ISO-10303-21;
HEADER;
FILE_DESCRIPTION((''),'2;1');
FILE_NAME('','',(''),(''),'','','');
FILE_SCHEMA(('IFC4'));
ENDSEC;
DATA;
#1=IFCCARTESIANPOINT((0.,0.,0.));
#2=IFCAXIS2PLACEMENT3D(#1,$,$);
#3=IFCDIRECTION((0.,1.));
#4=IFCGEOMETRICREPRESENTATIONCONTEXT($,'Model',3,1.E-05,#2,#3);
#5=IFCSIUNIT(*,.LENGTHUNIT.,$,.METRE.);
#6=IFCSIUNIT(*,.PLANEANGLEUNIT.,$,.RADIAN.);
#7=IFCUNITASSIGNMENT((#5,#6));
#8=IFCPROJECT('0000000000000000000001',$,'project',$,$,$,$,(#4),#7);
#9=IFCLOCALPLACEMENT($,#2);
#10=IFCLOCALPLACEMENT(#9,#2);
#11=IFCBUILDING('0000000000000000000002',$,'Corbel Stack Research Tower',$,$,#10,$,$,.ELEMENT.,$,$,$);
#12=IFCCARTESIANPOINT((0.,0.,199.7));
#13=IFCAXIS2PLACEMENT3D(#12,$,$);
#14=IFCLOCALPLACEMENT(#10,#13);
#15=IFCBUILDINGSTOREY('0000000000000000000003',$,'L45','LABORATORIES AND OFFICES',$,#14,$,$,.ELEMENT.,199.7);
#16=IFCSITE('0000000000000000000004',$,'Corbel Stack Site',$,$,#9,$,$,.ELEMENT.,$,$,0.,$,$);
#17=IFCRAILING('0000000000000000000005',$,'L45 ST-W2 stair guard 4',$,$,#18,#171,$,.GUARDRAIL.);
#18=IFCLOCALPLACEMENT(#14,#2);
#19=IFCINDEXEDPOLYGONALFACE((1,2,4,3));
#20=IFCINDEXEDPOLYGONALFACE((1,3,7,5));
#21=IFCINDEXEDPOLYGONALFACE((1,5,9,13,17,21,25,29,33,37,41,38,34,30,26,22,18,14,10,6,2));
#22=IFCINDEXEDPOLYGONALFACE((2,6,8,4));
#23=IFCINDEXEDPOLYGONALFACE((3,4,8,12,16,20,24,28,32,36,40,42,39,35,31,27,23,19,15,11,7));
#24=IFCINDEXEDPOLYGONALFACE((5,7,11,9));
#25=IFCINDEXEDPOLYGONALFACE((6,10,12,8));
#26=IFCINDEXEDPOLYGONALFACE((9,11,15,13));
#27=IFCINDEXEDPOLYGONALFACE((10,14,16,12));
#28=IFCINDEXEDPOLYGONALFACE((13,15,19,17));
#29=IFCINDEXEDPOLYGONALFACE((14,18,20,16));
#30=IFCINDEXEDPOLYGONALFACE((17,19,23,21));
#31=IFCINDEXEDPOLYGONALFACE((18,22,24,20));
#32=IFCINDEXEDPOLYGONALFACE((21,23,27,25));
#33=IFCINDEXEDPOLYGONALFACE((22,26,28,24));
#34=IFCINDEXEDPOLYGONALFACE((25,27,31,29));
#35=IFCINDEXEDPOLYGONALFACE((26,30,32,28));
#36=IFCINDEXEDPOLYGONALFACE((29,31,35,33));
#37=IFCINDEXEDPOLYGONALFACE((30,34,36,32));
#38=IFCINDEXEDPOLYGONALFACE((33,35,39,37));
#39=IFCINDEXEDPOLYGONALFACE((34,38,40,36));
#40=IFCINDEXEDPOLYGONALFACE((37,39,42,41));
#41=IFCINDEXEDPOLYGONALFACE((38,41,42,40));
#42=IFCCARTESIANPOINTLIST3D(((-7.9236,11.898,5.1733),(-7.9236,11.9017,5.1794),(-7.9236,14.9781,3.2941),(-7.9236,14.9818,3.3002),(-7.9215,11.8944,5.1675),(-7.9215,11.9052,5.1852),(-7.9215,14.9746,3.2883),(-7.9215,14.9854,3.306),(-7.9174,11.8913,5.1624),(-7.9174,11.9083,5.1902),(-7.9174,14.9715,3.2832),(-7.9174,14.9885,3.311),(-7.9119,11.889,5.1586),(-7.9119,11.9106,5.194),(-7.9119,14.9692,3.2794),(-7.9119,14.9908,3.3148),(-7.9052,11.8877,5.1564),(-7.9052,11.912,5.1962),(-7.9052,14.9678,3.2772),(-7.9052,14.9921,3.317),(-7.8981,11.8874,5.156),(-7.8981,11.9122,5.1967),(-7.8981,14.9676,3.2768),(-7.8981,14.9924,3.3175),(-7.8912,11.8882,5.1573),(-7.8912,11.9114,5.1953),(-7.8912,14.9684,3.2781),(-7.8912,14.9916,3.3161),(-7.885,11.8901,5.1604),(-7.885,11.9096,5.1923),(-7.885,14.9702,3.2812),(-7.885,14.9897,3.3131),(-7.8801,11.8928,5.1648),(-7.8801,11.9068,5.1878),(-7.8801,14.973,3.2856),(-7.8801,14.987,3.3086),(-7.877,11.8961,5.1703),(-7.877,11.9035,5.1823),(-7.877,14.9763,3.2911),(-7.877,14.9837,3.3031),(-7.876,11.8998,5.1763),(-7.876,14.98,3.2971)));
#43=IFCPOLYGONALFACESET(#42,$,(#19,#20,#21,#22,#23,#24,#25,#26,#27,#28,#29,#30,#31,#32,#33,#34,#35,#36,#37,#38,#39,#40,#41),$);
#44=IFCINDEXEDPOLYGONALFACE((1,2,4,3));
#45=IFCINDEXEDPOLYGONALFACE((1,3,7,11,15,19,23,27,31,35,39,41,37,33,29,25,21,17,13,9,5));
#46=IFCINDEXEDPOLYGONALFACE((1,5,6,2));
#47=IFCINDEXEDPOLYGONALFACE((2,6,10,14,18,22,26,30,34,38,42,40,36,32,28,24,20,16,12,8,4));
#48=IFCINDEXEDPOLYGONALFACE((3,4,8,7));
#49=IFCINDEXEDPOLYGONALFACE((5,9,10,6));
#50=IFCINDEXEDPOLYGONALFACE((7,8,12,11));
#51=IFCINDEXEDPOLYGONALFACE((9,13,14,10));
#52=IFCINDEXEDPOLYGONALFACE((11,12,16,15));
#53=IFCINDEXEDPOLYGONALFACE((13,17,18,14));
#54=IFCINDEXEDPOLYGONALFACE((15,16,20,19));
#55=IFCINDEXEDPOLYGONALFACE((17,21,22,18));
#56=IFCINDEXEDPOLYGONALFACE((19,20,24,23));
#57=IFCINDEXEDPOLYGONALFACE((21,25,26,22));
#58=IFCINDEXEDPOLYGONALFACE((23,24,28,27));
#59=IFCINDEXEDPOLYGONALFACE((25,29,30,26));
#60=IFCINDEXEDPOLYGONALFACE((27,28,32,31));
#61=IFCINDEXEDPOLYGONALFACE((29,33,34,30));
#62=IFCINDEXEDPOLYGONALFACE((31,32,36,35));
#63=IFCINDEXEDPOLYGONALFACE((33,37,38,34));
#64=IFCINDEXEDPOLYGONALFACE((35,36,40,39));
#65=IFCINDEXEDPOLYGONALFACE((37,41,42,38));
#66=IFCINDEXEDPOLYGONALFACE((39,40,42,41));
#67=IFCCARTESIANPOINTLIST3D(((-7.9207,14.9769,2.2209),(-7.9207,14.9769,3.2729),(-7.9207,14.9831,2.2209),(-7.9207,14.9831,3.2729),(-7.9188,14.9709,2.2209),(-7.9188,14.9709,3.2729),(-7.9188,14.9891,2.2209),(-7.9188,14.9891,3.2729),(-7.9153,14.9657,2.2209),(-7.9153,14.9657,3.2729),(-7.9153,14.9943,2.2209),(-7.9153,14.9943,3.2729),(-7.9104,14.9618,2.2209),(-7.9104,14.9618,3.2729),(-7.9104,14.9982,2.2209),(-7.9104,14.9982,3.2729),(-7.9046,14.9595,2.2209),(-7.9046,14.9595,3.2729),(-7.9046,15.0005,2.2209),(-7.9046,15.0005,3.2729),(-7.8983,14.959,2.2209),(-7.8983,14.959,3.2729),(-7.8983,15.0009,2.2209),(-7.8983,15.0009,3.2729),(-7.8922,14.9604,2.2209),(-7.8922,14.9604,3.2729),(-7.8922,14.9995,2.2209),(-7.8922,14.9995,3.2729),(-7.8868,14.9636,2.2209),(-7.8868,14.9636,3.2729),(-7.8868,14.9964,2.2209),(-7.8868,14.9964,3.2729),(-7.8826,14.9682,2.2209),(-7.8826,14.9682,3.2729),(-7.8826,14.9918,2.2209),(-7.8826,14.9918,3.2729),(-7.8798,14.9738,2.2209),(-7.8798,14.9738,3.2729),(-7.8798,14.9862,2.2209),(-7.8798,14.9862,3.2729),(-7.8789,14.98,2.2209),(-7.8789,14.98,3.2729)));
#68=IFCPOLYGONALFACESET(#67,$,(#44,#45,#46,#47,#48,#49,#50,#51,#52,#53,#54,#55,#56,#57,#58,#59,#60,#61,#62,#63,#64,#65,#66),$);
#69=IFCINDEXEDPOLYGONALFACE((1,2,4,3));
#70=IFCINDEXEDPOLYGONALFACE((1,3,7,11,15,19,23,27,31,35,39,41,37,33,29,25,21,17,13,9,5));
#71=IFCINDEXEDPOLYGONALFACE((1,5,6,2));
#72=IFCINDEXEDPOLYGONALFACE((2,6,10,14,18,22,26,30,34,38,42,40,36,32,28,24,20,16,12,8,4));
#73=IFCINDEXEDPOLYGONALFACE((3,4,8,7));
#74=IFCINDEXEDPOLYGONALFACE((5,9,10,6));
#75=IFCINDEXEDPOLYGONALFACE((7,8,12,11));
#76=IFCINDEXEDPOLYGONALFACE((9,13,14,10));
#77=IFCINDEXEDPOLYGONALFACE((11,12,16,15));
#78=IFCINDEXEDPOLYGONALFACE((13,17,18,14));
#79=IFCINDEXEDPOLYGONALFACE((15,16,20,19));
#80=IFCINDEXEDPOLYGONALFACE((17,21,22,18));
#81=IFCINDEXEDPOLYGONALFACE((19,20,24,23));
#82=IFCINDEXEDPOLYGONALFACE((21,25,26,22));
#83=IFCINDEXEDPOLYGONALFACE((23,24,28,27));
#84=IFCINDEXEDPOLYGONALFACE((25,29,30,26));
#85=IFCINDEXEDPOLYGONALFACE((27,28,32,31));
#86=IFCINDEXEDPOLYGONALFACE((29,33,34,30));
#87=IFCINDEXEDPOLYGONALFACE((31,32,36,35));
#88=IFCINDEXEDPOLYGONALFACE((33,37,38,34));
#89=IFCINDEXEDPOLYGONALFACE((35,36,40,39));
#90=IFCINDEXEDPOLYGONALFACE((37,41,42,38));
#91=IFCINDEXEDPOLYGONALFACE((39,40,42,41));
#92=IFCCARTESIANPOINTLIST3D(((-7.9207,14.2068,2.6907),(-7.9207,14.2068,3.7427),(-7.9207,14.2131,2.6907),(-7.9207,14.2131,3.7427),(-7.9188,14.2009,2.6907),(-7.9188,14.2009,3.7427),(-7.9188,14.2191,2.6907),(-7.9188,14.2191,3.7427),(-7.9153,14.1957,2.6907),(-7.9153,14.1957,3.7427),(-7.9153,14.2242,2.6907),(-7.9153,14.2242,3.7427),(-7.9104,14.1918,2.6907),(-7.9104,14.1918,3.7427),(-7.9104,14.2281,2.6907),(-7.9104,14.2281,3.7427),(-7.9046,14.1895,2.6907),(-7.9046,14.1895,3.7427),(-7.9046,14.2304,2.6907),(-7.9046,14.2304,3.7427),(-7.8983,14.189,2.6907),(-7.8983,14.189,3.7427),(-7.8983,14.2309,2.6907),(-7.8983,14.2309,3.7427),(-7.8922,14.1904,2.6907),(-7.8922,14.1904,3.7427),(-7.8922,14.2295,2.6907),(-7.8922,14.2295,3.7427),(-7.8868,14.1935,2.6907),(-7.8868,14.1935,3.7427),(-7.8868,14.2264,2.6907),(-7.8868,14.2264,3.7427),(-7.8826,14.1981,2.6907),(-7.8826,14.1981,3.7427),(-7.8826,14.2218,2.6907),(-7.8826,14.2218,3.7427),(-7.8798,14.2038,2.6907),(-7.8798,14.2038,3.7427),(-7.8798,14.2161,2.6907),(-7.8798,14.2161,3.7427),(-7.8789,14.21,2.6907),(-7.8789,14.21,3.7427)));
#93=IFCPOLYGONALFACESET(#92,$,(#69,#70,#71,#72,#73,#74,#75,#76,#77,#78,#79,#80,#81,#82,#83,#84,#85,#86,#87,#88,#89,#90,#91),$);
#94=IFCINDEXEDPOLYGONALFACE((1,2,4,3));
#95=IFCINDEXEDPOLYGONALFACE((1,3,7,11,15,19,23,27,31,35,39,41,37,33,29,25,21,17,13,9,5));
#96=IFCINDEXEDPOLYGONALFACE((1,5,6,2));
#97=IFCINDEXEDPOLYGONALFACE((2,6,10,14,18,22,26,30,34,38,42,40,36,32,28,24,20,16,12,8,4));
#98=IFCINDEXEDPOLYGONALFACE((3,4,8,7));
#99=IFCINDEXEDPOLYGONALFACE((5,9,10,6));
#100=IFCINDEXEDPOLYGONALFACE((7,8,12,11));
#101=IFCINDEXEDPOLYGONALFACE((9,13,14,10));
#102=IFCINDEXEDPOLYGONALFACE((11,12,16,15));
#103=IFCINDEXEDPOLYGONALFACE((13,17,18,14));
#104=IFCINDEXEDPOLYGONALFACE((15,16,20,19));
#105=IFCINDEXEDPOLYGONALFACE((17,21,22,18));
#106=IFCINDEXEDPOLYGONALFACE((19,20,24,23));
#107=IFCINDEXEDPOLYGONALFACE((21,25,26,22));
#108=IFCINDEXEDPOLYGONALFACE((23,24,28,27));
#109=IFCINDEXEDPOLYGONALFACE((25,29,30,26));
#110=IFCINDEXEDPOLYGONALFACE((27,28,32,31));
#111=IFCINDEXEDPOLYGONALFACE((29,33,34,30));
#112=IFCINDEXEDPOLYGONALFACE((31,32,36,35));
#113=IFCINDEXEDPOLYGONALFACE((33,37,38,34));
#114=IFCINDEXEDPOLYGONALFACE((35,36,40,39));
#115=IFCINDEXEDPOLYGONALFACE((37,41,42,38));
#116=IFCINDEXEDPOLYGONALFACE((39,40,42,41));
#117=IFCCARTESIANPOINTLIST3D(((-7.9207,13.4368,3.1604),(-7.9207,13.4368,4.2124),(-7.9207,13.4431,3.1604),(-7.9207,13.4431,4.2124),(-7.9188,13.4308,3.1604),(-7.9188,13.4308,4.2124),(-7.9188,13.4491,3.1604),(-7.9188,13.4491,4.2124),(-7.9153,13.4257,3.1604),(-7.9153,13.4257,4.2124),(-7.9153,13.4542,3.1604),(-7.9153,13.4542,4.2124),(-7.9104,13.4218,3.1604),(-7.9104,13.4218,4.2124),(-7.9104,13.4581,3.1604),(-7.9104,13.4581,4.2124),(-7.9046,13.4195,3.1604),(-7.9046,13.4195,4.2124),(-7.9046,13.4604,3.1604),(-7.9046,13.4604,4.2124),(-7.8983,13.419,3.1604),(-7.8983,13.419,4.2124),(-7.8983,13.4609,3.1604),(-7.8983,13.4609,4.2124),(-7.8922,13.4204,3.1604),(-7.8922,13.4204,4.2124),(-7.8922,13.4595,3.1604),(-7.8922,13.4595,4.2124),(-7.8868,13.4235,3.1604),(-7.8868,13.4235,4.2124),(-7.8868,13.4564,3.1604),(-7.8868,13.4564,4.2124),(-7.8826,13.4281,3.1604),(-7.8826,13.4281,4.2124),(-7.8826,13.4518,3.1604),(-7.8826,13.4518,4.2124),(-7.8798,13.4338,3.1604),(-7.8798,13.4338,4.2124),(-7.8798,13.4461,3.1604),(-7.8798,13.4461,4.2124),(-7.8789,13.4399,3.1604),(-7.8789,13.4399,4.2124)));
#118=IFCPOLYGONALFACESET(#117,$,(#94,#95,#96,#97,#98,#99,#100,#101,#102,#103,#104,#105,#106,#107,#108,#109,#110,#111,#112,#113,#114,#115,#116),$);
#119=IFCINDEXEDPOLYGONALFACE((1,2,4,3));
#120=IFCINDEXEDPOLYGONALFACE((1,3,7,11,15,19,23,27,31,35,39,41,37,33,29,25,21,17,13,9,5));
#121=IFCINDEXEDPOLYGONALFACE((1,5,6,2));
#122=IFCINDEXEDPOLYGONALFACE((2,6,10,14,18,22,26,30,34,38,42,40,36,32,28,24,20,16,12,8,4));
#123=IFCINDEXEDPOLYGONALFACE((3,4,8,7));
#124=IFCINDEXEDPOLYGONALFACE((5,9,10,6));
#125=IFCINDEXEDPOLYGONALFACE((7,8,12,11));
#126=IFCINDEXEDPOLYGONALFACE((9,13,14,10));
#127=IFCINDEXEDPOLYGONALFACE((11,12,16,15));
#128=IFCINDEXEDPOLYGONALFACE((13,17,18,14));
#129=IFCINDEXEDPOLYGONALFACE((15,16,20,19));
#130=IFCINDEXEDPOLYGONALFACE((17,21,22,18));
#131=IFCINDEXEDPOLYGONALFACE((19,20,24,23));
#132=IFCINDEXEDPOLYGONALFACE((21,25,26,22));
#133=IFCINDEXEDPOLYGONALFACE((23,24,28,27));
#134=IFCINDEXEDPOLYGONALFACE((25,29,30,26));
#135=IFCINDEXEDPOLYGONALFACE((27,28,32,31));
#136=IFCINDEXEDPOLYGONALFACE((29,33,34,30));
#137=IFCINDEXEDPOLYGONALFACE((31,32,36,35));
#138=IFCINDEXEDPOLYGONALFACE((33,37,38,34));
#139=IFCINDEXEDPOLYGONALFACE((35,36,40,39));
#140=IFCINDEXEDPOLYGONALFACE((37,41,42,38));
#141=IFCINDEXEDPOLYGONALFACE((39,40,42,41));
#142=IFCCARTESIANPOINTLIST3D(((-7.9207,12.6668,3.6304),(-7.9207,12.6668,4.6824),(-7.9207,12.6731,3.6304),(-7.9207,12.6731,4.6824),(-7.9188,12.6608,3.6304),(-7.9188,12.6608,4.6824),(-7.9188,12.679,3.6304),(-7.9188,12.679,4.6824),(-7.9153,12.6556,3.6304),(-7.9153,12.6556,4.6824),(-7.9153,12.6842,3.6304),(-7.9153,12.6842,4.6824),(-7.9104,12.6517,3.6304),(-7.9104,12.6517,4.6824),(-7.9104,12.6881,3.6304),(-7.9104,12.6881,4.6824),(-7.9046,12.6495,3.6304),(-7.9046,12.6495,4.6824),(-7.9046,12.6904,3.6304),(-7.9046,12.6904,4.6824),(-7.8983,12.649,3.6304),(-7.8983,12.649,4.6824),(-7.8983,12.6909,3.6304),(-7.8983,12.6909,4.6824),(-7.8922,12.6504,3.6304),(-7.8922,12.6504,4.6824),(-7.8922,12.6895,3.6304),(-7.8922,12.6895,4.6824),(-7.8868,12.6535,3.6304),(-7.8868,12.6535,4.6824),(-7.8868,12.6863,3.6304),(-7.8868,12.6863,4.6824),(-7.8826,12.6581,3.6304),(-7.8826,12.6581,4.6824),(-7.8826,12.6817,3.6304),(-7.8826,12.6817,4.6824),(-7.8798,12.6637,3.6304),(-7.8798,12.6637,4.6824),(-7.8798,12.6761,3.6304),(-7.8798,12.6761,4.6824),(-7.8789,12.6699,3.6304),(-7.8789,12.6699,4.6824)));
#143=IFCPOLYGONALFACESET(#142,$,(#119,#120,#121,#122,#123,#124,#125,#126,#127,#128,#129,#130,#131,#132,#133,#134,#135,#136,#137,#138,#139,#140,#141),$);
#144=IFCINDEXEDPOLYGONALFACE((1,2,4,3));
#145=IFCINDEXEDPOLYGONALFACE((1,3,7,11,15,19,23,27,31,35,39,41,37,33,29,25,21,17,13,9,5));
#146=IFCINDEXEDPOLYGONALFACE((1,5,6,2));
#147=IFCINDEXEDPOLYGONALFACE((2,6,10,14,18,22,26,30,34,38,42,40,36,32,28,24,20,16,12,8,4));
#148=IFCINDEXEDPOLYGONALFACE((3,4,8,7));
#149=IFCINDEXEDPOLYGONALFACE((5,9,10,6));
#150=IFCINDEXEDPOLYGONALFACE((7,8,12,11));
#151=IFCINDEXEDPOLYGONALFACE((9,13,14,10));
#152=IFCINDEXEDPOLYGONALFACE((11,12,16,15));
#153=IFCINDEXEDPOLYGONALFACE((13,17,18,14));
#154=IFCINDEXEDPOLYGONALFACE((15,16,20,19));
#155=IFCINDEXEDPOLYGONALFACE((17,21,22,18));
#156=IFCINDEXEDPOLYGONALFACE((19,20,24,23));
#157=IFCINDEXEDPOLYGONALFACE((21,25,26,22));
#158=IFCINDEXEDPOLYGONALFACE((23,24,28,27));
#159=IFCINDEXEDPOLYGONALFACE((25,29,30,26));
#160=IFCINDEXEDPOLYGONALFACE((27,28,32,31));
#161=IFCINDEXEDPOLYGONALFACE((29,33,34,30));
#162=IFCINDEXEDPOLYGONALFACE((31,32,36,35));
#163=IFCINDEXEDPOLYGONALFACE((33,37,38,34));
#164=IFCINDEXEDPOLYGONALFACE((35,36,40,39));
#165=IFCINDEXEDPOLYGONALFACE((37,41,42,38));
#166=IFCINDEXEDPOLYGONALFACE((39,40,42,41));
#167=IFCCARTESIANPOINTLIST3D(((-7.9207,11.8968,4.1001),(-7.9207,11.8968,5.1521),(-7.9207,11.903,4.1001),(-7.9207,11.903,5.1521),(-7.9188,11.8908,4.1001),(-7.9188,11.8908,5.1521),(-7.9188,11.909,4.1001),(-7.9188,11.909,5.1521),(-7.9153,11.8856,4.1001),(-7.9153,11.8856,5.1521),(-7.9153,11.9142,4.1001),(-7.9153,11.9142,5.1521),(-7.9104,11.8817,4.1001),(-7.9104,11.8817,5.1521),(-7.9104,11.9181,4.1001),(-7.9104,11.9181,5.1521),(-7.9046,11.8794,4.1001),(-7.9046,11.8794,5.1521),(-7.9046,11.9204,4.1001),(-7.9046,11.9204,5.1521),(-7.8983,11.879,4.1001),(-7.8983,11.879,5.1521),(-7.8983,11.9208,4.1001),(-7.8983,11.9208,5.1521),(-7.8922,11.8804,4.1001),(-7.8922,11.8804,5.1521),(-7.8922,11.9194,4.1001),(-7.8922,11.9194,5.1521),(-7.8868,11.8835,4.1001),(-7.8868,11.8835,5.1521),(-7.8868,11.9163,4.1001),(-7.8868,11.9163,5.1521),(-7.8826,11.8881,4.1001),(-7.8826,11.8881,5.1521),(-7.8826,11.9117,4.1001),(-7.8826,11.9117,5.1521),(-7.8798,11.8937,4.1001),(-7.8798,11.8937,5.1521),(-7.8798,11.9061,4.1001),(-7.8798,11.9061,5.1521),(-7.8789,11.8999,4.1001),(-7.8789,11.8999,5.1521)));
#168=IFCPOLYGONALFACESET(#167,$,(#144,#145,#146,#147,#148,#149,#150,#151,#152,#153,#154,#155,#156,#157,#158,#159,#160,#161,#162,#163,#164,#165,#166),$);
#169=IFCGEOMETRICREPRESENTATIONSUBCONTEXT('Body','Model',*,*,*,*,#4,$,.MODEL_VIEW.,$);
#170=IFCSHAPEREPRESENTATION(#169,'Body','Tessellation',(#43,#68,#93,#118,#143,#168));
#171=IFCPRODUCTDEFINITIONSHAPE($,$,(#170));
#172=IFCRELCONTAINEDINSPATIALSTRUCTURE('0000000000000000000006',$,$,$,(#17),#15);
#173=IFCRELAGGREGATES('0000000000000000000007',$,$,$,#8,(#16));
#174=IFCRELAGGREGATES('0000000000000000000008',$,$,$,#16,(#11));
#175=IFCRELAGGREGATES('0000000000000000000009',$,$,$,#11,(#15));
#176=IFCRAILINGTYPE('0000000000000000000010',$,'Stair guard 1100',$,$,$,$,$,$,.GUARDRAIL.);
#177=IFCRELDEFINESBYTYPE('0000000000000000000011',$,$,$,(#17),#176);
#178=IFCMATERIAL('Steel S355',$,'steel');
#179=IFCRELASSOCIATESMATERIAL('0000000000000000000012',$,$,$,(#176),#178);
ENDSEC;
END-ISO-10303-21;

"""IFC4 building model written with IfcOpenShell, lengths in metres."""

from ifc_helpers import new_model, si_unit, direction, frame, origin, origin_2d, place, context, subcontext, project, spatial, circle, extrude, material, type_object, element, save


model = new_model("IFC4")

# Units and contexts
model_context = context("Model", 3, precision=1e-05, world=origin(), true_north=direction((0.0, 1.0)))
body_context = subcontext(model_context, "Body", "Model", "MODEL_VIEW")
ifc_project = project(units=[si_unit("LENGTHUNIT", "METRE"), si_unit("PLANEANGLEUNIT", "RADIAN")], contexts=[model_context])

# Site, building, storey
site_placement = place(None, origin())
site = spatial("IfcSite", under=ifc_project, at=site_placement, Name="Corbel Stack Site", CompositionType="ELEMENT", RefElevation=0.0)
building_placement = place(site_placement, origin())
building = spatial("IfcBuilding", under=site, at=building_placement, Name="Corbel Stack Research Tower", CompositionType="ELEMENT")
storey_placement = place(building_placement, frame((0.0, 0.0, 199.7)))
storey = spatial("IfcBuildingStorey", under=building, at=storey_placement, Name="L45", Description="LABORATORIES AND OFFICES", CompositionType="ELEMENT", Elevation=199.7)

# Railing
ifc_material_1 = material(Name="Steel S355", Category="steel")
railing_type_1 = type_object("IfcRailingType", Name="Stair guard 1100", PredefinedType="GUARDRAIL", material=ifc_material_1)
railing_1_placement = place(storey_placement, frame((-7.8999, 14.98, 2.2209)))
element("IfcRailing", 1, at=railing_1_placement, inside=storey, type_object=railing_type_1, Name="L45 ST-W2 stair guard 4", PredefinedType="GUARDRAIL", context=body_context, shape_type="SweptSolid", body=[
    extrude(circle(Radius=0.0239, at=origin_2d()), frame((0.0, 0.0, 1.0762), z_axis=(0.0, -0.853666, 0.52082), x_axis=(1.0, 0.0, 0.0)), (0.0, 0.0, 1.0), 3.6082),
    extrude(circle(Radius=0.021, at=origin_2d()), origin(), (0.0, 0.0, 1.0), 1.052),
    extrude(circle(Radius=0.021, at=origin_2d()), frame((0.0, -0.77, 0.4697)), (0.0, 0.0, 1.0), 1.052),
    extrude(circle(Radius=0.021, at=origin_2d()), frame((0.0, -1.54, 0.9395)), (0.0, 0.0, 1.0), 1.052),
    extrude(circle(Radius=0.021, at=origin_2d()), frame((0.0, -2.3101, 1.4094)), (0.0, 0.0, 1.0), 1.052),
    extrude(circle(Radius=0.021, at=origin_2d()), frame((0.0, -3.0801, 1.8792)), (0.0, 0.0, 1.0), 1.052),
])

save(model, "model.ifc")
